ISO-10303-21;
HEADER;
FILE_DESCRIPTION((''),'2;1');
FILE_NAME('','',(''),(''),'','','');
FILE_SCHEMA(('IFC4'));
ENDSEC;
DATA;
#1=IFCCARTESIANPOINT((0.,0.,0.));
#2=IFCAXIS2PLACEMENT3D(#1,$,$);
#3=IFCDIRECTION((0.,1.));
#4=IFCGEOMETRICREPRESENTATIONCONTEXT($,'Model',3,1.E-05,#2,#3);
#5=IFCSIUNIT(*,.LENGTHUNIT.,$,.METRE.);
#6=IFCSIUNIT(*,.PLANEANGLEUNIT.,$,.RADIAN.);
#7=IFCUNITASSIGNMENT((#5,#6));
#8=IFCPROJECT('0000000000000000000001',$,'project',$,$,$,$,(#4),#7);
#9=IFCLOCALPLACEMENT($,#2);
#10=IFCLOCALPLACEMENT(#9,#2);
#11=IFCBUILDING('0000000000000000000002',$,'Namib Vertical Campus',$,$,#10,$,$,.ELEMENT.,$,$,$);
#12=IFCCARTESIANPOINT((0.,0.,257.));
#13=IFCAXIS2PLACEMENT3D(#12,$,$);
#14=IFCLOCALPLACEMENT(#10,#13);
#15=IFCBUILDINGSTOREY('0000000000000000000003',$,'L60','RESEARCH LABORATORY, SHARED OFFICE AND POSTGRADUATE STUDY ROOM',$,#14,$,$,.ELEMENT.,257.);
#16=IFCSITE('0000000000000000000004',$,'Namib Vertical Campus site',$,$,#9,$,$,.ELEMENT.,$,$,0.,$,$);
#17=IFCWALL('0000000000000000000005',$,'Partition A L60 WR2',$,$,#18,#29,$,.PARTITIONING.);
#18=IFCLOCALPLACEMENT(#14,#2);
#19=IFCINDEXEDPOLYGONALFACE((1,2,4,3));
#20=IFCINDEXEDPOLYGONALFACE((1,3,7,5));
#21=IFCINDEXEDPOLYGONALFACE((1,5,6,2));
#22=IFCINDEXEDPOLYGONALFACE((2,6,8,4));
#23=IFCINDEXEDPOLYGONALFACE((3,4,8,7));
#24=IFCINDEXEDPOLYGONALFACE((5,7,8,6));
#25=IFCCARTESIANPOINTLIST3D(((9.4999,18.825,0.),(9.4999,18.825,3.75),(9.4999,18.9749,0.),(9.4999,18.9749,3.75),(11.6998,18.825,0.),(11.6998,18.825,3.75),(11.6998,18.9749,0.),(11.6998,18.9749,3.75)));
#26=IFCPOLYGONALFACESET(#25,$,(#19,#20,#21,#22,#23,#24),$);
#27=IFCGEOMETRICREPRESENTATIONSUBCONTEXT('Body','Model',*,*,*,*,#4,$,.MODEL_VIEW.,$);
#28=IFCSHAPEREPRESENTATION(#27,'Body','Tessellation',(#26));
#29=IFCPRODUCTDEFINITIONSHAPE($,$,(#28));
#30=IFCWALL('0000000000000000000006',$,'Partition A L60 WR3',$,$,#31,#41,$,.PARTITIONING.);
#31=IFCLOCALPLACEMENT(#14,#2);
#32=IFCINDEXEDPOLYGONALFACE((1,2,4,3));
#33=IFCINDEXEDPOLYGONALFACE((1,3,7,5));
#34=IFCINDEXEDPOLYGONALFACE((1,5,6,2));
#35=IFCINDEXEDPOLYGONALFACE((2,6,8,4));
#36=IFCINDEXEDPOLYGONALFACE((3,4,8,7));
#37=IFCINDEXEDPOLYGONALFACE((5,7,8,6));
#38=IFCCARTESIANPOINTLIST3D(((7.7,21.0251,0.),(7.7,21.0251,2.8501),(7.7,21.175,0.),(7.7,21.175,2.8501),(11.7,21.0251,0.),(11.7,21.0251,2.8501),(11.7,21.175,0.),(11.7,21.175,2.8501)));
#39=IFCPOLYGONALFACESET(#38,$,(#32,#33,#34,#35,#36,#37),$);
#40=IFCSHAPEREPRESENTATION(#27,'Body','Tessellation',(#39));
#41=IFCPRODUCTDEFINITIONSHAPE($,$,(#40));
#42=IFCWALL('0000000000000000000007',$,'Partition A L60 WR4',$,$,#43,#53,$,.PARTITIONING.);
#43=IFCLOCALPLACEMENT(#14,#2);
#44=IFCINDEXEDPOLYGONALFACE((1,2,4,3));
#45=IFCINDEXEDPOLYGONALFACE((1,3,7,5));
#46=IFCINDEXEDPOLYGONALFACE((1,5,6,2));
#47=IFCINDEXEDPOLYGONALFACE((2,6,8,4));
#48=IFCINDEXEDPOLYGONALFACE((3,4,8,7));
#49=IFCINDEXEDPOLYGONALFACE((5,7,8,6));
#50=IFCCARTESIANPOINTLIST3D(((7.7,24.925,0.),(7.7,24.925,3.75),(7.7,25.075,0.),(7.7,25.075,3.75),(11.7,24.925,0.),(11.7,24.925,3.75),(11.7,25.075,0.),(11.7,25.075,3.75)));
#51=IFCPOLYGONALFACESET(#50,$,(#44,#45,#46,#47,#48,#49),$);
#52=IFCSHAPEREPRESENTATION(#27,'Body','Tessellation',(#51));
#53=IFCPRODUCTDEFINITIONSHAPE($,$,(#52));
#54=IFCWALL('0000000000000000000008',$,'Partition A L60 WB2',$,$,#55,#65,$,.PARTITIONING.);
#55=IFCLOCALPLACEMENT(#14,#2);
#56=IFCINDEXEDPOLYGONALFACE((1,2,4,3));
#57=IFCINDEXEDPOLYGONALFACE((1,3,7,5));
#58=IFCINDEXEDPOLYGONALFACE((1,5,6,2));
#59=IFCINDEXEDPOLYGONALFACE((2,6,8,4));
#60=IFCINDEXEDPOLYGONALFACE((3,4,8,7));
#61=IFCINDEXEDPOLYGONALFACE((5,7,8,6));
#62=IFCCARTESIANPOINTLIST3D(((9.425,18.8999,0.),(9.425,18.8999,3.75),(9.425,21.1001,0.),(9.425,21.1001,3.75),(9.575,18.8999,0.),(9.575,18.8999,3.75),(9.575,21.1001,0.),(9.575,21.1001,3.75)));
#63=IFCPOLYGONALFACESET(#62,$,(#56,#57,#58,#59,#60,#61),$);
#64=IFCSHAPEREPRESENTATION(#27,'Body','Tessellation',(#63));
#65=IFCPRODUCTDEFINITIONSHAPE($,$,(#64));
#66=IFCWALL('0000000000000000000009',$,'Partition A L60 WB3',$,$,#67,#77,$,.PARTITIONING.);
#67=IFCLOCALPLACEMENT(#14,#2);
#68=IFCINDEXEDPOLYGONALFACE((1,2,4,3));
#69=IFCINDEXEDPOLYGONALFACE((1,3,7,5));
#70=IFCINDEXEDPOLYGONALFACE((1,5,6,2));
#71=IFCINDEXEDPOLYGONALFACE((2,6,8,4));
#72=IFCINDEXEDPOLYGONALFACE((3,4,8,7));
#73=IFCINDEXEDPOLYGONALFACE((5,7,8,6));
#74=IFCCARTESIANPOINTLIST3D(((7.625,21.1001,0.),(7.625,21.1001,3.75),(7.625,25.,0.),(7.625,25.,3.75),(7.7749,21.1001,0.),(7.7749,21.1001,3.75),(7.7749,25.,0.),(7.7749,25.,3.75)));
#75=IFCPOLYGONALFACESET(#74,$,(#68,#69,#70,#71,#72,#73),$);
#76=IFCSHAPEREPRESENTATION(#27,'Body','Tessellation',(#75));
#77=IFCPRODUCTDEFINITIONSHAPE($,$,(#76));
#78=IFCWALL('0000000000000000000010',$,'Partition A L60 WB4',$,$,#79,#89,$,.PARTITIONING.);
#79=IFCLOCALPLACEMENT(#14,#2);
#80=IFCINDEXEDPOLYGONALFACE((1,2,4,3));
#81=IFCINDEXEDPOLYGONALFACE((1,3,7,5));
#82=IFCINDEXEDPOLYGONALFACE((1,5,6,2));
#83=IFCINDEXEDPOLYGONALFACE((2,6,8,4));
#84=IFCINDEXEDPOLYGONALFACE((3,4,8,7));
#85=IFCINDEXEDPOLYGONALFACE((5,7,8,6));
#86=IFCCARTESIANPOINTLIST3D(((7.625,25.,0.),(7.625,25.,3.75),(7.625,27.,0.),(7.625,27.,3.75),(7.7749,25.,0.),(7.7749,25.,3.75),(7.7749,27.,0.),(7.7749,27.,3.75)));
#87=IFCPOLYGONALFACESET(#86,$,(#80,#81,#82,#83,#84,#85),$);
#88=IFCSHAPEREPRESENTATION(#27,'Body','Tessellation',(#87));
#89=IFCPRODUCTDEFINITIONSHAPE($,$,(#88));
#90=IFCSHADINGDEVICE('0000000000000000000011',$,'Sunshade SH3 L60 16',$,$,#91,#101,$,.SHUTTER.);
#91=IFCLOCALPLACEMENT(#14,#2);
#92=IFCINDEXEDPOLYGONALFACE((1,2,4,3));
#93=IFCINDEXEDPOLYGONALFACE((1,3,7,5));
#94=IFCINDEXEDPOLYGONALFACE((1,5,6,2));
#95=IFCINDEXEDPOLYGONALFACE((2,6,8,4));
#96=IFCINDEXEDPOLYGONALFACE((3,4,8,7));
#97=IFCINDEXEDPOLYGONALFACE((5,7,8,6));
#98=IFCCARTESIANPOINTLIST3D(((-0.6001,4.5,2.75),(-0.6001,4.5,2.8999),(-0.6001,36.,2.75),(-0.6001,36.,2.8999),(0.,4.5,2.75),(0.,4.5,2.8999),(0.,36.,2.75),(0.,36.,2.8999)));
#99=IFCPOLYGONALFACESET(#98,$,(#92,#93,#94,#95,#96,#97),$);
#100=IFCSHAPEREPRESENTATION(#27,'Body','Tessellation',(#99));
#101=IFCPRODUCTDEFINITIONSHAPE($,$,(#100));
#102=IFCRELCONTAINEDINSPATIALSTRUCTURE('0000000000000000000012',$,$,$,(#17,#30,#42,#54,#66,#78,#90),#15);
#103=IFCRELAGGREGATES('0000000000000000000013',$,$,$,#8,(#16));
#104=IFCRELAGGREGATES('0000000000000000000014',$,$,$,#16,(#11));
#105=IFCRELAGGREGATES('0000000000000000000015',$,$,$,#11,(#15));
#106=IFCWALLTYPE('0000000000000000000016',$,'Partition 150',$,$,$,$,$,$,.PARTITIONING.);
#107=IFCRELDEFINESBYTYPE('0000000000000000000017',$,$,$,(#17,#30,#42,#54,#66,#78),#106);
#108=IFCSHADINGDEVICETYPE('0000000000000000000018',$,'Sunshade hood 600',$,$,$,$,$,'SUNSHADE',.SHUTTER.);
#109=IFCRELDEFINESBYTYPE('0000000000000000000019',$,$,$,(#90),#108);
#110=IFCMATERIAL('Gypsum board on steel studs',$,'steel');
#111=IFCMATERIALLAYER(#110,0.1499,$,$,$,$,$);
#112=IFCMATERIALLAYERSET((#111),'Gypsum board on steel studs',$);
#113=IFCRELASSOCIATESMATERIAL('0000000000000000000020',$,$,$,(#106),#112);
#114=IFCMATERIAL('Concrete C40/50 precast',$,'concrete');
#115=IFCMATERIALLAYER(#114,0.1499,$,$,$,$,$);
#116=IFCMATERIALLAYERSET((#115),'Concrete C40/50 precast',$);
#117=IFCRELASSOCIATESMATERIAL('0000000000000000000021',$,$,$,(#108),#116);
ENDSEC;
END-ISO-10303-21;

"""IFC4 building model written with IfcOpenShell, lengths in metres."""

from ifc_helpers import new_model, si_unit, direction, frame, frame_2d, origin, origin_2d, place, context, subcontext, project, spatial, rectangle, extrude, material, layer, layer_set, type_object, element, save


model = new_model("IFC4")

# Units and contexts
model_context = context("Model", 3, precision=1e-05, world=origin(), true_north=direction((0.0, 1.0)))
body_context = subcontext(model_context, "Body", "Model", "MODEL_VIEW")
ifc_project = project(units=[si_unit("LENGTHUNIT", "METRE"), si_unit("PLANEANGLEUNIT", "RADIAN")], contexts=[model_context])

# Site, building, storey
site_placement = place(None, origin())
site = spatial("IfcSite", under=ifc_project, at=site_placement, Name="Namib Vertical Campus site", CompositionType="ELEMENT", RefElevation=0.0)
building_placement = place(site_placement, origin())
building = spatial("IfcBuilding", under=site, at=building_placement, Name="Namib Vertical Campus", CompositionType="ELEMENT")
storey_placement = place(building_placement, frame((0.0, 0.0, 257.0)))
storey = spatial("IfcBuildingStorey", under=building, at=storey_placement, Name="L60", Description="RESEARCH LABORATORY, SHARED OFFICE AND POSTGRADUATE STUDY ROOM", CompositionType="ELEMENT", Elevation=257.0)

# Walls
ifc_material_1 = material(Name="Gypsum board on steel studs", Category="steel")
ifc_layer_1 = layer(ifc_material_1, 0.1499)
ifc_layer_set_1 = layer_set([ifc_layer_1], Name="Gypsum board on steel studs")
wall_type_1 = type_object("IfcWallType", Name="Partition 150", PredefinedType="PARTITIONING", material=ifc_layer_set_1)
wall_1_placement = place(storey_placement, frame((11.7, 18.8999, 0.0), z_axis=(0.0, 0.0, 1.0), x_axis=(-1.0, 0.0, 0.0)))
element("IfcWall", 1, at=wall_1_placement, inside=storey, type_object=wall_type_1, Name="Partition A L60 WR2", PredefinedType="PARTITIONING", context=body_context, shape_type="SweptSolid", body=[
    extrude(rectangle(XDim=2.2, YDim=0.1499, at=frame_2d((1.1001, 0.0))), origin(), (0.0, 0.0, 1.0), 3.75),
])
wall_2_placement = place(storey_placement, frame((11.7, 21.1001, 0.0), z_axis=(0.0, 0.0, 1.0), x_axis=(-1.0, 0.0, 0.0)))
element("IfcWall", 2, at=wall_2_placement, inside=storey, type_object=wall_type_1, Name="Partition A L60 WR3", PredefinedType="PARTITIONING", context=body_context, shape_type="SweptSolid", body=[
    extrude(rectangle(XDim=4.0, YDim=0.1499, at=frame_2d((2.0, 0.0))), origin(), (0.0, 0.0, 1.0), 2.8501),
])
wall_3_placement = place(storey_placement, frame((11.7, 25.0, 0.0), z_axis=(0.0, 0.0, 1.0), x_axis=(-1.0, 0.0, 0.0)))
element("IfcWall", 3, at=wall_3_placement, inside=storey, type_object=wall_type_1, Name="Partition A L60 WR4", PredefinedType="PARTITIONING", context=body_context, shape_type="SweptSolid", body=[
    extrude(rectangle(XDim=4.0, YDim=0.1499, at=frame_2d((2.0, 0.0))), origin(), (0.0, 0.0, 1.0), 3.75),
])
wall_4_placement = place(storey_placement, frame((9.5, 18.8999, 0.0), z_axis=(0.0, 0.0, 1.0), x_axis=(0.0, 1.0, 0.0)))
element("IfcWall", 4, at=wall_4_placement, inside=storey, type_object=wall_type_1, Name="Partition A L60 WB2", PredefinedType="PARTITIONING", context=body_context, shape_type="SweptSolid", body=[
    extrude(rectangle(XDim=2.2002, YDim=0.1499, at=frame_2d((1.1001, 0.0))), origin(), (0.0, 0.0, 1.0), 3.75),
])
wall_5_placement = place(storey_placement, frame((7.7, 21.1001, 0.0), z_axis=(0.0, 0.0, 1.0), x_axis=(0.0, 1.0, 0.0)))
element("IfcWall", 5, at=wall_5_placement, inside=storey, type_object=wall_type_1, Name="Partition A L60 WB3", PredefinedType="PARTITIONING", context=body_context, shape_type="SweptSolid", body=[
    extrude(rectangle(XDim=3.8999, YDim=0.1499, at=frame_2d((1.95, 0.0))), origin(), (0.0, 0.0, 1.0), 3.75),
])
wall_6_placement = place(storey_placement, frame((7.7, 25.0, 0.0), z_axis=(0.0, 0.0, 1.0), x_axis=(0.0, 1.0, 0.0)))
element("IfcWall", 6, at=wall_6_placement, inside=storey, type_object=wall_type_1, Name="Partition A L60 WB4", PredefinedType="PARTITIONING", context=body_context, shape_type="SweptSolid", body=[
    extrude(rectangle(XDim=2.0, YDim=0.1499, at=frame_2d((1.0, 0.0))), origin(), (0.0, 0.0, 1.0), 3.75),
])

# Shading device
ifc_material_2 = material(Name="Concrete C40/50 precast", Category="concrete")
ifc_layer_2 = layer(ifc_material_2, 0.1499)
ifc_layer_set_2 = layer_set([ifc_layer_2], Name="Concrete C40/50 precast")
shading_device_type = type_object("IfcShadingDeviceType", Name="Sunshade hood 600", ElementType="SUNSHADE", PredefinedType="SHUTTER", material=ifc_layer_set_2)
shading_device_placement = place(storey_placement, frame((-0.3, 20.25, 2.75), z_axis=(0.0, 0.0, 1.0), x_axis=(0.0, -1.0, 0.0)))
element("IfcShadingDevice", 7, at=shading_device_placement, inside=storey, type_object=shading_device_type, Name="Sunshade SH3 L60 16", PredefinedType="SHUTTER", context=body_context, shape_type="SweptSolid", body=[
    extrude(rectangle(XDim=31.5, YDim=0.6001, at=origin_2d()), origin(), (0.0, 0.0, 1.0), 0.1499),
])

save(model, "model.ifc")
